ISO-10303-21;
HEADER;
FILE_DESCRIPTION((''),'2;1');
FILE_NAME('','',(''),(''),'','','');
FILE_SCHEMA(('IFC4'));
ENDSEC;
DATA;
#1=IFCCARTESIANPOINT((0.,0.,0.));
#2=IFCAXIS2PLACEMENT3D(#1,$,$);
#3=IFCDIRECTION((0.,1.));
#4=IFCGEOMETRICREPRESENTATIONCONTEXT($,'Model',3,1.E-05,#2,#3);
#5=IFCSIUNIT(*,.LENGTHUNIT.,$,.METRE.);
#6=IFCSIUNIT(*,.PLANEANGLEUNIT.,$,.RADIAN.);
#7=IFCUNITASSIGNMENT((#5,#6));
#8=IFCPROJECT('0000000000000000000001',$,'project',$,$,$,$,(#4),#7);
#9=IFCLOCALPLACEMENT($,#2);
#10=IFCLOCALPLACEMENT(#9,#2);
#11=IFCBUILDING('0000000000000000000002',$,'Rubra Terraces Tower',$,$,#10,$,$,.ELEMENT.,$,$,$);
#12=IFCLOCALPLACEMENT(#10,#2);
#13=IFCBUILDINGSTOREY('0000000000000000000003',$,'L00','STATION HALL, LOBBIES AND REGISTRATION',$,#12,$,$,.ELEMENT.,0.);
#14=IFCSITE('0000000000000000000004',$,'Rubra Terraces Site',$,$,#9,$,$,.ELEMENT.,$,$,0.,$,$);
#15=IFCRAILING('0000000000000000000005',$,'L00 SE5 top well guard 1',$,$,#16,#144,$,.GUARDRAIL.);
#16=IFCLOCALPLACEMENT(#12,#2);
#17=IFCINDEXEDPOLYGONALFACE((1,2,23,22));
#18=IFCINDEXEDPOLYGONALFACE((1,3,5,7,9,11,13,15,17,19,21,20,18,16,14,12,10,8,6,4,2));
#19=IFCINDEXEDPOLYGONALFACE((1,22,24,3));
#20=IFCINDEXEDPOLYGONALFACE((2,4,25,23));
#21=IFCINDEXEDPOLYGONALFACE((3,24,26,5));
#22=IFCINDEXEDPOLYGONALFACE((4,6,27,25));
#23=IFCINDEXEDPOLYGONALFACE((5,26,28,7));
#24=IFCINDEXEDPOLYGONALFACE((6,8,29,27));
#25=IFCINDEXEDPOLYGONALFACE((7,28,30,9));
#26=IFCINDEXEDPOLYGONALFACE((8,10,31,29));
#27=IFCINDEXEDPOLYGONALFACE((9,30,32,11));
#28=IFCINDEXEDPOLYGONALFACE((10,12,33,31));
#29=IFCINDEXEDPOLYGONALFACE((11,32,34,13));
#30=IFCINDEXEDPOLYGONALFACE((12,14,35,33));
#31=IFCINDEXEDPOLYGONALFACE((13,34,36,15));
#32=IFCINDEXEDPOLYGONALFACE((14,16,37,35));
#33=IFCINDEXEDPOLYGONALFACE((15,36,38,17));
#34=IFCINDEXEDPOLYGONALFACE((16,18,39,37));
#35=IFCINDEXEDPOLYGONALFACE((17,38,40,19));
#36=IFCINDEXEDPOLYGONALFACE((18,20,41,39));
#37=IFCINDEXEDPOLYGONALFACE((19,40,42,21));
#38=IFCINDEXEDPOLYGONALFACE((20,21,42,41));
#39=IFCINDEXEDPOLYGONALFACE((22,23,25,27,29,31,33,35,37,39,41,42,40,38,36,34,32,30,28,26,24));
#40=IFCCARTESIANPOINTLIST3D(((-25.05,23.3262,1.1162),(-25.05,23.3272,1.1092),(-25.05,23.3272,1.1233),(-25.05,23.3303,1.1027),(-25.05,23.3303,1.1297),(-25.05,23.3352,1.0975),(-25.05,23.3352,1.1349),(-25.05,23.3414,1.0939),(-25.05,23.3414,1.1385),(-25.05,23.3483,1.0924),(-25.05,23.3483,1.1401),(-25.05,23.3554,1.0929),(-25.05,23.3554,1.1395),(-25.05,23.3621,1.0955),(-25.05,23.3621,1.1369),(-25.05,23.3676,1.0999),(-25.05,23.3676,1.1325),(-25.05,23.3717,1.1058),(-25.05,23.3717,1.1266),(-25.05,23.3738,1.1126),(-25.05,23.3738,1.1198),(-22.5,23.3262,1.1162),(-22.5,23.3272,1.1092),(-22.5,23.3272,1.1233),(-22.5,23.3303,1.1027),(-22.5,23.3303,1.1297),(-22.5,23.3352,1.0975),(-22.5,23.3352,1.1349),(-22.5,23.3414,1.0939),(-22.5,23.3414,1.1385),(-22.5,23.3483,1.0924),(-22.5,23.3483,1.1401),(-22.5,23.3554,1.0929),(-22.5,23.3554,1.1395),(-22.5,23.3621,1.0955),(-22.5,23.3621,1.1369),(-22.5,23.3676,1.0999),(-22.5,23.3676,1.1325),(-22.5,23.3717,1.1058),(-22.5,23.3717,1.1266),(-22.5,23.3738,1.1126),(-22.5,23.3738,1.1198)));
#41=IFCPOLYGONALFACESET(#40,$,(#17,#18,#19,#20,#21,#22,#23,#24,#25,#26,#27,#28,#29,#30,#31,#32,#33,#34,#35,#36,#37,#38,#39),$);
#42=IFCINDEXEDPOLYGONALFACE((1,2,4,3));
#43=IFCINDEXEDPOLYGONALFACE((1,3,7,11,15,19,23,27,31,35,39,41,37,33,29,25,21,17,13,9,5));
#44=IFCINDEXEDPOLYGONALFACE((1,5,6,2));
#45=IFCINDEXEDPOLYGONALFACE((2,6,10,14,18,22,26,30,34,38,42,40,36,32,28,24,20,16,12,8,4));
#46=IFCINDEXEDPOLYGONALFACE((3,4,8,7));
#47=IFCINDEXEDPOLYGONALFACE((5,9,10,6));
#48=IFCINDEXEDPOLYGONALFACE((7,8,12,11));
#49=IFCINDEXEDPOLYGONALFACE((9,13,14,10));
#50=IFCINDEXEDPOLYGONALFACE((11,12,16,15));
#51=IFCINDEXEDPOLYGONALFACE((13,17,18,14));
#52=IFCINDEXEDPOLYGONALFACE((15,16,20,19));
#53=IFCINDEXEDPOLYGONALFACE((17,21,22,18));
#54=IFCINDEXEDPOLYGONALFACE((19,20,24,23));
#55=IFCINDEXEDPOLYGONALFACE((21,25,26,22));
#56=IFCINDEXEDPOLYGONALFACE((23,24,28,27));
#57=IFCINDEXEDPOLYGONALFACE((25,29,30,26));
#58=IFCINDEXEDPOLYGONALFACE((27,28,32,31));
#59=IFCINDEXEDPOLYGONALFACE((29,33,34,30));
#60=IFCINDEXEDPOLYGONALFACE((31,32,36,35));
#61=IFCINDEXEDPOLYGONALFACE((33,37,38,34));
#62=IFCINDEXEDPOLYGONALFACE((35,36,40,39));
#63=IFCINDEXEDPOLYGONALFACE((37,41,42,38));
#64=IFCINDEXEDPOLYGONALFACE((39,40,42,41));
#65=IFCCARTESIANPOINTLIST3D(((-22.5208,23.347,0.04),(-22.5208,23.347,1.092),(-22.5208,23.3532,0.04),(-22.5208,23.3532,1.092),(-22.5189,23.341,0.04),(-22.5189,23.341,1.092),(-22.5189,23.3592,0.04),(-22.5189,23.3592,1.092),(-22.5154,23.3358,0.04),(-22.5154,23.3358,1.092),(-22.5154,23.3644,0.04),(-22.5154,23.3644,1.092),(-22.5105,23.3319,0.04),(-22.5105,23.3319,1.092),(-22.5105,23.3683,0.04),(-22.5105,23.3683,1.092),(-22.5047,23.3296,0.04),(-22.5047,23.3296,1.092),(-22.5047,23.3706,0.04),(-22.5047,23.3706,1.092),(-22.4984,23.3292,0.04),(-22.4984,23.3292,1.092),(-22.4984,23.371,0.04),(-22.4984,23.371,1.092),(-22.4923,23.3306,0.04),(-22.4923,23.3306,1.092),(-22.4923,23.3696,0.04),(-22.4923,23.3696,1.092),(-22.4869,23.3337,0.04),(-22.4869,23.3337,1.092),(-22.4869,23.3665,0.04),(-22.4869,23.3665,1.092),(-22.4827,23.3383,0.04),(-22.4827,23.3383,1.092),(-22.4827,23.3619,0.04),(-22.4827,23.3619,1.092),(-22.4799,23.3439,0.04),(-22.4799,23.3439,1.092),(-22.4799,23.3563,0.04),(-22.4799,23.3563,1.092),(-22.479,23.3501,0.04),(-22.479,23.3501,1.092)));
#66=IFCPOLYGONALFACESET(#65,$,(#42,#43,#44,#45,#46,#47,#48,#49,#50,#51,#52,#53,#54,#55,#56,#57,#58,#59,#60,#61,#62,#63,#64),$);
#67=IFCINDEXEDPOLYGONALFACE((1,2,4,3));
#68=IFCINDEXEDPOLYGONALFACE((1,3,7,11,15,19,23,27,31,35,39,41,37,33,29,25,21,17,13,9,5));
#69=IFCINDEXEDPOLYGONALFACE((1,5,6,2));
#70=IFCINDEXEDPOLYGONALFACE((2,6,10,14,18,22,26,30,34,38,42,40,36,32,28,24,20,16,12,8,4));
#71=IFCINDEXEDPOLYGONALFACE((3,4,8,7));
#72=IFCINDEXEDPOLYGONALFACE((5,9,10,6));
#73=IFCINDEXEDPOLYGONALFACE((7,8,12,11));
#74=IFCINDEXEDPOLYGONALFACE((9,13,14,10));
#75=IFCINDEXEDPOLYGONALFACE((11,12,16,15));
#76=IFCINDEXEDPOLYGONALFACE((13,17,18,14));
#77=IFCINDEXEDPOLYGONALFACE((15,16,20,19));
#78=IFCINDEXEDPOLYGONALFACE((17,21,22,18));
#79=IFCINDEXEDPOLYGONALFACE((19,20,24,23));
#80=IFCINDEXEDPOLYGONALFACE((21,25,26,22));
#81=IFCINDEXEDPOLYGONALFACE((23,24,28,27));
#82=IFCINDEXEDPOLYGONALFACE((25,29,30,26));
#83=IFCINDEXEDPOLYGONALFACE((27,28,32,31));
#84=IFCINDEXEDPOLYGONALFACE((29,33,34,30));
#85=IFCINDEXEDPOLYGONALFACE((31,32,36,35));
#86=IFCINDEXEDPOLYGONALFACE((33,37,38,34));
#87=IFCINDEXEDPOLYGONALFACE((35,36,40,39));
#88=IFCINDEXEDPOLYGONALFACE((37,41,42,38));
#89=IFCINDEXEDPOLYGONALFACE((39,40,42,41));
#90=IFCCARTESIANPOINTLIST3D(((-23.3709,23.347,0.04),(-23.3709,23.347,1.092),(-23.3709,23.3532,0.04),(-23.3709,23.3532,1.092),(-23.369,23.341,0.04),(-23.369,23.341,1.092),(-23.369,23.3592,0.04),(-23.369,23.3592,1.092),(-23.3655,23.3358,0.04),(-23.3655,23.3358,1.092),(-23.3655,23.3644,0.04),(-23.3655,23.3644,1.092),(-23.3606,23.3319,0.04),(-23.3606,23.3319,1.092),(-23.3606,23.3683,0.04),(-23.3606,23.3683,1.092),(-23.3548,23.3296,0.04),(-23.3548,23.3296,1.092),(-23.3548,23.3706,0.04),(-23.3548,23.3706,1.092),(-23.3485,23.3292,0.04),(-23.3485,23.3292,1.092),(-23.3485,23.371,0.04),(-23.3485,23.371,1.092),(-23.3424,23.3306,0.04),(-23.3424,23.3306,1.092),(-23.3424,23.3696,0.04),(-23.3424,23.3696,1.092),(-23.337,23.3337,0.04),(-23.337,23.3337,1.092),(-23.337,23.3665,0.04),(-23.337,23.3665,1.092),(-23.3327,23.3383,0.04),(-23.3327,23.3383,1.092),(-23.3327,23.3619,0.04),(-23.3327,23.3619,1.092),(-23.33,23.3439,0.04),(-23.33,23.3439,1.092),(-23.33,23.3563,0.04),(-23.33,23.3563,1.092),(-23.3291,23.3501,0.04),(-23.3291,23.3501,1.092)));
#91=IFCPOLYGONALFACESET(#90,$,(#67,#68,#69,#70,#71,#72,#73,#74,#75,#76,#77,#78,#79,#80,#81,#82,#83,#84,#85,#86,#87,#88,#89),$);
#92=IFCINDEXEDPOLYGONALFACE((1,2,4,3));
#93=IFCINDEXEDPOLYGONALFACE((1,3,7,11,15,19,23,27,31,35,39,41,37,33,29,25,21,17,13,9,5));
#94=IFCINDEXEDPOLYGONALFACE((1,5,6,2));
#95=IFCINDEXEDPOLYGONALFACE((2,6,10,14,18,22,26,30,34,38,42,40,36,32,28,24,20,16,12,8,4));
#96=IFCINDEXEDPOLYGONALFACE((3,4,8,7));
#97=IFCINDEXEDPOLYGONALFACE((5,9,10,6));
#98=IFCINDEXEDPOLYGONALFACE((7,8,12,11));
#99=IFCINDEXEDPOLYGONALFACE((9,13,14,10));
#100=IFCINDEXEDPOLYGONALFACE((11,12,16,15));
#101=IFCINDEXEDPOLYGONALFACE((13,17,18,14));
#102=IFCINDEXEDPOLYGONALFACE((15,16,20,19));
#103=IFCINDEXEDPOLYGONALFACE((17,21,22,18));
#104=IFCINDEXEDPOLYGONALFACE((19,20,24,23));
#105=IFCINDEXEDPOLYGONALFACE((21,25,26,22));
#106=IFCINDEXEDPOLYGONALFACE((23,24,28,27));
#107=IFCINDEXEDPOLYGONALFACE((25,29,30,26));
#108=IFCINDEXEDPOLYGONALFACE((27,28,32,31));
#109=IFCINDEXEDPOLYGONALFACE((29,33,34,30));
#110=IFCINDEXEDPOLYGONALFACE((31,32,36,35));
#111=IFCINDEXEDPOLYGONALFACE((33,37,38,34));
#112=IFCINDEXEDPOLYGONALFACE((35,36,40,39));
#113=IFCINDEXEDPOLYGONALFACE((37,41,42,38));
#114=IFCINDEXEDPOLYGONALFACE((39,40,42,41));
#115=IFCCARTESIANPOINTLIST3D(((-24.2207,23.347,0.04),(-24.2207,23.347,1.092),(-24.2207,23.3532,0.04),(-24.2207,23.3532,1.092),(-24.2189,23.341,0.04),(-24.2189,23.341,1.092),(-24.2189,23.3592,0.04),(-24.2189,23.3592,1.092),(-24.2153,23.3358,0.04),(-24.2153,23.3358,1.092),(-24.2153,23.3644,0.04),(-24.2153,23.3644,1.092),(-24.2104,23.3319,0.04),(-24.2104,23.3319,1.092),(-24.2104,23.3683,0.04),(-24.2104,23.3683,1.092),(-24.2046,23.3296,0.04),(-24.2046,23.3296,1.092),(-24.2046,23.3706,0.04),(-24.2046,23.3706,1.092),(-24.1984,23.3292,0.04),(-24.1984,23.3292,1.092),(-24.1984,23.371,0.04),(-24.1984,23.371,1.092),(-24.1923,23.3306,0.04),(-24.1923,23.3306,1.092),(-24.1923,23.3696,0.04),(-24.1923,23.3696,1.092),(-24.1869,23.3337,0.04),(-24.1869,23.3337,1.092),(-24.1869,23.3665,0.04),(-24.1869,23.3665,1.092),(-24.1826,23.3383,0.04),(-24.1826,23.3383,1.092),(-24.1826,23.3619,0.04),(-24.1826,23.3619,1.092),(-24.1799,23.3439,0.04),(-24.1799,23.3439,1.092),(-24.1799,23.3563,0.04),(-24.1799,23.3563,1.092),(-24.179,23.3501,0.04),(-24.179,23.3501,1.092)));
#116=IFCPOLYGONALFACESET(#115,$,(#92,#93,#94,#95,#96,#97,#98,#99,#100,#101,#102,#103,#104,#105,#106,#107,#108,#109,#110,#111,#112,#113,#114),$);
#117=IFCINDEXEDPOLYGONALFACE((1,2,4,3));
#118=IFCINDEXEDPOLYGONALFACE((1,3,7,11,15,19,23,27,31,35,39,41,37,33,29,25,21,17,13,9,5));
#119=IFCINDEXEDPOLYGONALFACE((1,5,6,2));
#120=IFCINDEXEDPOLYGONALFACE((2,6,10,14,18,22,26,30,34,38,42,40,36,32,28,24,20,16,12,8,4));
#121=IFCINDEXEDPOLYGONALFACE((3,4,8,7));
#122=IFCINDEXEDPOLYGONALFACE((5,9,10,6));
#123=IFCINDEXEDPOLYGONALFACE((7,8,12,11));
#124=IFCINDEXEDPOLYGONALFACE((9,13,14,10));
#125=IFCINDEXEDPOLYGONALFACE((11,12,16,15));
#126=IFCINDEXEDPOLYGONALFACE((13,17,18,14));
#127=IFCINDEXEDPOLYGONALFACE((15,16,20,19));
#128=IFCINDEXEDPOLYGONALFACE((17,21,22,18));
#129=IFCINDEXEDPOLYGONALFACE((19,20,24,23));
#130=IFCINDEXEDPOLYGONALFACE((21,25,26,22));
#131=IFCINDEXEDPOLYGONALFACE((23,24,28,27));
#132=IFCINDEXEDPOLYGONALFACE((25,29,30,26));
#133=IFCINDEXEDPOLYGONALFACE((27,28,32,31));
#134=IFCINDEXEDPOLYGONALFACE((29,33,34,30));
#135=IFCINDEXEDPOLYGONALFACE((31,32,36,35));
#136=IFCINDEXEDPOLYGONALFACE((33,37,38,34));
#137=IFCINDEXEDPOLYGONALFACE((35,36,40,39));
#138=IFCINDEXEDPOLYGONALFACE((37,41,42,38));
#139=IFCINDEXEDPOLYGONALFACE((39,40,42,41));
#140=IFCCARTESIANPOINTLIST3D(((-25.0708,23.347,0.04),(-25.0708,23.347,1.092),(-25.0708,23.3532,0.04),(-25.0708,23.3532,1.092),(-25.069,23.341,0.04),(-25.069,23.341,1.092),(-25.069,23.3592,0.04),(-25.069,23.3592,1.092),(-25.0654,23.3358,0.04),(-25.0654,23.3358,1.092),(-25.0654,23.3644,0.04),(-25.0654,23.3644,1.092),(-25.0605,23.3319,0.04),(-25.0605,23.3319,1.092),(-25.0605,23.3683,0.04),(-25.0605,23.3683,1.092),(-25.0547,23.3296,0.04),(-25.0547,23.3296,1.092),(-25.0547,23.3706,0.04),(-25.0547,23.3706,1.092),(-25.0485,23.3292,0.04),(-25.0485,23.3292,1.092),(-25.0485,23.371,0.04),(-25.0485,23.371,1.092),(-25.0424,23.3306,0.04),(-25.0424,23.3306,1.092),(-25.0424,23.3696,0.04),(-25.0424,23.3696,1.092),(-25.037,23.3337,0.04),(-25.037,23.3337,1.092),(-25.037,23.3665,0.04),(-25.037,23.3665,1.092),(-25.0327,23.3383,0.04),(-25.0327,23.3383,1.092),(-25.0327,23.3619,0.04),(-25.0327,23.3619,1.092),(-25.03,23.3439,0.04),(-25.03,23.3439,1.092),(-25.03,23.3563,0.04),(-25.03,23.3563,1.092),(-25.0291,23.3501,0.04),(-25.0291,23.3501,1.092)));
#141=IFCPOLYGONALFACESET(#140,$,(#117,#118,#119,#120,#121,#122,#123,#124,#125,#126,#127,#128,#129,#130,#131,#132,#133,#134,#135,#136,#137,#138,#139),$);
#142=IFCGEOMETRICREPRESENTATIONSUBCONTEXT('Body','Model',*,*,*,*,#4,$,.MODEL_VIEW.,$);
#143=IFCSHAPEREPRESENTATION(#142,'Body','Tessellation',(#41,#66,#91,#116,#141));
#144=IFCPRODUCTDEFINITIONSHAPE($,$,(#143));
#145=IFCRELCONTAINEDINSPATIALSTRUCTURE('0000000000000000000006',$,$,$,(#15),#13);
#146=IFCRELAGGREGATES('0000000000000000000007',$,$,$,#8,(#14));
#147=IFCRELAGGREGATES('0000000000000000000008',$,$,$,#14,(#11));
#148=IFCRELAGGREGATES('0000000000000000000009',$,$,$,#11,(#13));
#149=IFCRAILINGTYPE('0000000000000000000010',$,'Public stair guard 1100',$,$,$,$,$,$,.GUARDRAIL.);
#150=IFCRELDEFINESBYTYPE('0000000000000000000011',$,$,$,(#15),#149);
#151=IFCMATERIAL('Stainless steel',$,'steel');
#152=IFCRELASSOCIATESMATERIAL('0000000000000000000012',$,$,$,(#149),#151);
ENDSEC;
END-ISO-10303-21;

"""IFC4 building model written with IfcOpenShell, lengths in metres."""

from ifc_helpers import new_model, si_unit, direction, frame, origin, origin_2d, place, context, subcontext, project, spatial, circle, extrude, material, type_object, element, save


model = new_model("IFC4")

# Units and contexts
model_context = context("Model", 3, precision=1e-05, world=origin(), true_north=direction((0.0, 1.0)))
body_context = subcontext(model_context, "Body", "Model", "MODEL_VIEW")
ifc_project = project(units=[si_unit("LENGTHUNIT", "METRE"), si_unit("PLANEANGLEUNIT", "RADIAN")], contexts=[model_context])

# Site, building, storey
site_placement = place(None, origin())
site = spatial("IfcSite", under=ifc_project, at=site_placement, Name="Rubra Terraces Site", CompositionType="ELEMENT", RefElevation=0.0)
building_placement = place(site_placement, origin())
building = spatial("IfcBuilding", under=site, at=building_placement, Name="Rubra Terraces Tower", CompositionType="ELEMENT")
storey_placement = place(building_placement, origin())
storey = spatial("IfcBuildingStorey", under=building, at=storey_placement, Name="L00", Description="STATION HALL, LOBBIES AND REGISTRATION", CompositionType="ELEMENT", Elevation=0.0)

# Railing
ifc_material_1 = material(Name="Stainless steel", Category="steel")
railing_type_1 = type_object("IfcRailingType", Name="Public stair guard 1100", PredefinedType="GUARDRAIL", material=ifc_material_1)
railing_1_placement = place(storey_placement, frame((-22.5, 23.3501, 0.04)))
element("IfcRailing", 1, at=railing_1_placement, inside=storey, type_object=railing_type_1, Name="L00 SE5 top well guard 1", PredefinedType="GUARDRAIL", context=body_context, shape_type="SweptSolid", body=[
    extrude(circle(Radius=0.0239, at=origin_2d()), frame((0.0, 0.0, 1.0762), z_axis=(-1.0, 0.0, 0.0), x_axis=(0.0, -1.0, 0.0)), (0.0, 0.0, 1.0), 2.55),
    extrude(circle(Radius=0.021, at=origin_2d()), origin(), (0.0, 0.0, 1.0), 1.052),
    extrude(circle(Radius=0.021, at=origin_2d()), frame((-0.8501, 0.0, 0.0)), (0.0, 0.0, 1.0), 1.052),
    extrude(circle(Radius=0.021, at=origin_2d()), frame((-1.7, 0.0, 0.0)), (0.0, 0.0, 1.0), 1.052),
    extrude(circle(Radius=0.021, at=origin_2d()), frame((-2.55, 0.0, 0.0)), (0.0, 0.0, 1.0), 1.052),
])

save(model, "model.ifc")
